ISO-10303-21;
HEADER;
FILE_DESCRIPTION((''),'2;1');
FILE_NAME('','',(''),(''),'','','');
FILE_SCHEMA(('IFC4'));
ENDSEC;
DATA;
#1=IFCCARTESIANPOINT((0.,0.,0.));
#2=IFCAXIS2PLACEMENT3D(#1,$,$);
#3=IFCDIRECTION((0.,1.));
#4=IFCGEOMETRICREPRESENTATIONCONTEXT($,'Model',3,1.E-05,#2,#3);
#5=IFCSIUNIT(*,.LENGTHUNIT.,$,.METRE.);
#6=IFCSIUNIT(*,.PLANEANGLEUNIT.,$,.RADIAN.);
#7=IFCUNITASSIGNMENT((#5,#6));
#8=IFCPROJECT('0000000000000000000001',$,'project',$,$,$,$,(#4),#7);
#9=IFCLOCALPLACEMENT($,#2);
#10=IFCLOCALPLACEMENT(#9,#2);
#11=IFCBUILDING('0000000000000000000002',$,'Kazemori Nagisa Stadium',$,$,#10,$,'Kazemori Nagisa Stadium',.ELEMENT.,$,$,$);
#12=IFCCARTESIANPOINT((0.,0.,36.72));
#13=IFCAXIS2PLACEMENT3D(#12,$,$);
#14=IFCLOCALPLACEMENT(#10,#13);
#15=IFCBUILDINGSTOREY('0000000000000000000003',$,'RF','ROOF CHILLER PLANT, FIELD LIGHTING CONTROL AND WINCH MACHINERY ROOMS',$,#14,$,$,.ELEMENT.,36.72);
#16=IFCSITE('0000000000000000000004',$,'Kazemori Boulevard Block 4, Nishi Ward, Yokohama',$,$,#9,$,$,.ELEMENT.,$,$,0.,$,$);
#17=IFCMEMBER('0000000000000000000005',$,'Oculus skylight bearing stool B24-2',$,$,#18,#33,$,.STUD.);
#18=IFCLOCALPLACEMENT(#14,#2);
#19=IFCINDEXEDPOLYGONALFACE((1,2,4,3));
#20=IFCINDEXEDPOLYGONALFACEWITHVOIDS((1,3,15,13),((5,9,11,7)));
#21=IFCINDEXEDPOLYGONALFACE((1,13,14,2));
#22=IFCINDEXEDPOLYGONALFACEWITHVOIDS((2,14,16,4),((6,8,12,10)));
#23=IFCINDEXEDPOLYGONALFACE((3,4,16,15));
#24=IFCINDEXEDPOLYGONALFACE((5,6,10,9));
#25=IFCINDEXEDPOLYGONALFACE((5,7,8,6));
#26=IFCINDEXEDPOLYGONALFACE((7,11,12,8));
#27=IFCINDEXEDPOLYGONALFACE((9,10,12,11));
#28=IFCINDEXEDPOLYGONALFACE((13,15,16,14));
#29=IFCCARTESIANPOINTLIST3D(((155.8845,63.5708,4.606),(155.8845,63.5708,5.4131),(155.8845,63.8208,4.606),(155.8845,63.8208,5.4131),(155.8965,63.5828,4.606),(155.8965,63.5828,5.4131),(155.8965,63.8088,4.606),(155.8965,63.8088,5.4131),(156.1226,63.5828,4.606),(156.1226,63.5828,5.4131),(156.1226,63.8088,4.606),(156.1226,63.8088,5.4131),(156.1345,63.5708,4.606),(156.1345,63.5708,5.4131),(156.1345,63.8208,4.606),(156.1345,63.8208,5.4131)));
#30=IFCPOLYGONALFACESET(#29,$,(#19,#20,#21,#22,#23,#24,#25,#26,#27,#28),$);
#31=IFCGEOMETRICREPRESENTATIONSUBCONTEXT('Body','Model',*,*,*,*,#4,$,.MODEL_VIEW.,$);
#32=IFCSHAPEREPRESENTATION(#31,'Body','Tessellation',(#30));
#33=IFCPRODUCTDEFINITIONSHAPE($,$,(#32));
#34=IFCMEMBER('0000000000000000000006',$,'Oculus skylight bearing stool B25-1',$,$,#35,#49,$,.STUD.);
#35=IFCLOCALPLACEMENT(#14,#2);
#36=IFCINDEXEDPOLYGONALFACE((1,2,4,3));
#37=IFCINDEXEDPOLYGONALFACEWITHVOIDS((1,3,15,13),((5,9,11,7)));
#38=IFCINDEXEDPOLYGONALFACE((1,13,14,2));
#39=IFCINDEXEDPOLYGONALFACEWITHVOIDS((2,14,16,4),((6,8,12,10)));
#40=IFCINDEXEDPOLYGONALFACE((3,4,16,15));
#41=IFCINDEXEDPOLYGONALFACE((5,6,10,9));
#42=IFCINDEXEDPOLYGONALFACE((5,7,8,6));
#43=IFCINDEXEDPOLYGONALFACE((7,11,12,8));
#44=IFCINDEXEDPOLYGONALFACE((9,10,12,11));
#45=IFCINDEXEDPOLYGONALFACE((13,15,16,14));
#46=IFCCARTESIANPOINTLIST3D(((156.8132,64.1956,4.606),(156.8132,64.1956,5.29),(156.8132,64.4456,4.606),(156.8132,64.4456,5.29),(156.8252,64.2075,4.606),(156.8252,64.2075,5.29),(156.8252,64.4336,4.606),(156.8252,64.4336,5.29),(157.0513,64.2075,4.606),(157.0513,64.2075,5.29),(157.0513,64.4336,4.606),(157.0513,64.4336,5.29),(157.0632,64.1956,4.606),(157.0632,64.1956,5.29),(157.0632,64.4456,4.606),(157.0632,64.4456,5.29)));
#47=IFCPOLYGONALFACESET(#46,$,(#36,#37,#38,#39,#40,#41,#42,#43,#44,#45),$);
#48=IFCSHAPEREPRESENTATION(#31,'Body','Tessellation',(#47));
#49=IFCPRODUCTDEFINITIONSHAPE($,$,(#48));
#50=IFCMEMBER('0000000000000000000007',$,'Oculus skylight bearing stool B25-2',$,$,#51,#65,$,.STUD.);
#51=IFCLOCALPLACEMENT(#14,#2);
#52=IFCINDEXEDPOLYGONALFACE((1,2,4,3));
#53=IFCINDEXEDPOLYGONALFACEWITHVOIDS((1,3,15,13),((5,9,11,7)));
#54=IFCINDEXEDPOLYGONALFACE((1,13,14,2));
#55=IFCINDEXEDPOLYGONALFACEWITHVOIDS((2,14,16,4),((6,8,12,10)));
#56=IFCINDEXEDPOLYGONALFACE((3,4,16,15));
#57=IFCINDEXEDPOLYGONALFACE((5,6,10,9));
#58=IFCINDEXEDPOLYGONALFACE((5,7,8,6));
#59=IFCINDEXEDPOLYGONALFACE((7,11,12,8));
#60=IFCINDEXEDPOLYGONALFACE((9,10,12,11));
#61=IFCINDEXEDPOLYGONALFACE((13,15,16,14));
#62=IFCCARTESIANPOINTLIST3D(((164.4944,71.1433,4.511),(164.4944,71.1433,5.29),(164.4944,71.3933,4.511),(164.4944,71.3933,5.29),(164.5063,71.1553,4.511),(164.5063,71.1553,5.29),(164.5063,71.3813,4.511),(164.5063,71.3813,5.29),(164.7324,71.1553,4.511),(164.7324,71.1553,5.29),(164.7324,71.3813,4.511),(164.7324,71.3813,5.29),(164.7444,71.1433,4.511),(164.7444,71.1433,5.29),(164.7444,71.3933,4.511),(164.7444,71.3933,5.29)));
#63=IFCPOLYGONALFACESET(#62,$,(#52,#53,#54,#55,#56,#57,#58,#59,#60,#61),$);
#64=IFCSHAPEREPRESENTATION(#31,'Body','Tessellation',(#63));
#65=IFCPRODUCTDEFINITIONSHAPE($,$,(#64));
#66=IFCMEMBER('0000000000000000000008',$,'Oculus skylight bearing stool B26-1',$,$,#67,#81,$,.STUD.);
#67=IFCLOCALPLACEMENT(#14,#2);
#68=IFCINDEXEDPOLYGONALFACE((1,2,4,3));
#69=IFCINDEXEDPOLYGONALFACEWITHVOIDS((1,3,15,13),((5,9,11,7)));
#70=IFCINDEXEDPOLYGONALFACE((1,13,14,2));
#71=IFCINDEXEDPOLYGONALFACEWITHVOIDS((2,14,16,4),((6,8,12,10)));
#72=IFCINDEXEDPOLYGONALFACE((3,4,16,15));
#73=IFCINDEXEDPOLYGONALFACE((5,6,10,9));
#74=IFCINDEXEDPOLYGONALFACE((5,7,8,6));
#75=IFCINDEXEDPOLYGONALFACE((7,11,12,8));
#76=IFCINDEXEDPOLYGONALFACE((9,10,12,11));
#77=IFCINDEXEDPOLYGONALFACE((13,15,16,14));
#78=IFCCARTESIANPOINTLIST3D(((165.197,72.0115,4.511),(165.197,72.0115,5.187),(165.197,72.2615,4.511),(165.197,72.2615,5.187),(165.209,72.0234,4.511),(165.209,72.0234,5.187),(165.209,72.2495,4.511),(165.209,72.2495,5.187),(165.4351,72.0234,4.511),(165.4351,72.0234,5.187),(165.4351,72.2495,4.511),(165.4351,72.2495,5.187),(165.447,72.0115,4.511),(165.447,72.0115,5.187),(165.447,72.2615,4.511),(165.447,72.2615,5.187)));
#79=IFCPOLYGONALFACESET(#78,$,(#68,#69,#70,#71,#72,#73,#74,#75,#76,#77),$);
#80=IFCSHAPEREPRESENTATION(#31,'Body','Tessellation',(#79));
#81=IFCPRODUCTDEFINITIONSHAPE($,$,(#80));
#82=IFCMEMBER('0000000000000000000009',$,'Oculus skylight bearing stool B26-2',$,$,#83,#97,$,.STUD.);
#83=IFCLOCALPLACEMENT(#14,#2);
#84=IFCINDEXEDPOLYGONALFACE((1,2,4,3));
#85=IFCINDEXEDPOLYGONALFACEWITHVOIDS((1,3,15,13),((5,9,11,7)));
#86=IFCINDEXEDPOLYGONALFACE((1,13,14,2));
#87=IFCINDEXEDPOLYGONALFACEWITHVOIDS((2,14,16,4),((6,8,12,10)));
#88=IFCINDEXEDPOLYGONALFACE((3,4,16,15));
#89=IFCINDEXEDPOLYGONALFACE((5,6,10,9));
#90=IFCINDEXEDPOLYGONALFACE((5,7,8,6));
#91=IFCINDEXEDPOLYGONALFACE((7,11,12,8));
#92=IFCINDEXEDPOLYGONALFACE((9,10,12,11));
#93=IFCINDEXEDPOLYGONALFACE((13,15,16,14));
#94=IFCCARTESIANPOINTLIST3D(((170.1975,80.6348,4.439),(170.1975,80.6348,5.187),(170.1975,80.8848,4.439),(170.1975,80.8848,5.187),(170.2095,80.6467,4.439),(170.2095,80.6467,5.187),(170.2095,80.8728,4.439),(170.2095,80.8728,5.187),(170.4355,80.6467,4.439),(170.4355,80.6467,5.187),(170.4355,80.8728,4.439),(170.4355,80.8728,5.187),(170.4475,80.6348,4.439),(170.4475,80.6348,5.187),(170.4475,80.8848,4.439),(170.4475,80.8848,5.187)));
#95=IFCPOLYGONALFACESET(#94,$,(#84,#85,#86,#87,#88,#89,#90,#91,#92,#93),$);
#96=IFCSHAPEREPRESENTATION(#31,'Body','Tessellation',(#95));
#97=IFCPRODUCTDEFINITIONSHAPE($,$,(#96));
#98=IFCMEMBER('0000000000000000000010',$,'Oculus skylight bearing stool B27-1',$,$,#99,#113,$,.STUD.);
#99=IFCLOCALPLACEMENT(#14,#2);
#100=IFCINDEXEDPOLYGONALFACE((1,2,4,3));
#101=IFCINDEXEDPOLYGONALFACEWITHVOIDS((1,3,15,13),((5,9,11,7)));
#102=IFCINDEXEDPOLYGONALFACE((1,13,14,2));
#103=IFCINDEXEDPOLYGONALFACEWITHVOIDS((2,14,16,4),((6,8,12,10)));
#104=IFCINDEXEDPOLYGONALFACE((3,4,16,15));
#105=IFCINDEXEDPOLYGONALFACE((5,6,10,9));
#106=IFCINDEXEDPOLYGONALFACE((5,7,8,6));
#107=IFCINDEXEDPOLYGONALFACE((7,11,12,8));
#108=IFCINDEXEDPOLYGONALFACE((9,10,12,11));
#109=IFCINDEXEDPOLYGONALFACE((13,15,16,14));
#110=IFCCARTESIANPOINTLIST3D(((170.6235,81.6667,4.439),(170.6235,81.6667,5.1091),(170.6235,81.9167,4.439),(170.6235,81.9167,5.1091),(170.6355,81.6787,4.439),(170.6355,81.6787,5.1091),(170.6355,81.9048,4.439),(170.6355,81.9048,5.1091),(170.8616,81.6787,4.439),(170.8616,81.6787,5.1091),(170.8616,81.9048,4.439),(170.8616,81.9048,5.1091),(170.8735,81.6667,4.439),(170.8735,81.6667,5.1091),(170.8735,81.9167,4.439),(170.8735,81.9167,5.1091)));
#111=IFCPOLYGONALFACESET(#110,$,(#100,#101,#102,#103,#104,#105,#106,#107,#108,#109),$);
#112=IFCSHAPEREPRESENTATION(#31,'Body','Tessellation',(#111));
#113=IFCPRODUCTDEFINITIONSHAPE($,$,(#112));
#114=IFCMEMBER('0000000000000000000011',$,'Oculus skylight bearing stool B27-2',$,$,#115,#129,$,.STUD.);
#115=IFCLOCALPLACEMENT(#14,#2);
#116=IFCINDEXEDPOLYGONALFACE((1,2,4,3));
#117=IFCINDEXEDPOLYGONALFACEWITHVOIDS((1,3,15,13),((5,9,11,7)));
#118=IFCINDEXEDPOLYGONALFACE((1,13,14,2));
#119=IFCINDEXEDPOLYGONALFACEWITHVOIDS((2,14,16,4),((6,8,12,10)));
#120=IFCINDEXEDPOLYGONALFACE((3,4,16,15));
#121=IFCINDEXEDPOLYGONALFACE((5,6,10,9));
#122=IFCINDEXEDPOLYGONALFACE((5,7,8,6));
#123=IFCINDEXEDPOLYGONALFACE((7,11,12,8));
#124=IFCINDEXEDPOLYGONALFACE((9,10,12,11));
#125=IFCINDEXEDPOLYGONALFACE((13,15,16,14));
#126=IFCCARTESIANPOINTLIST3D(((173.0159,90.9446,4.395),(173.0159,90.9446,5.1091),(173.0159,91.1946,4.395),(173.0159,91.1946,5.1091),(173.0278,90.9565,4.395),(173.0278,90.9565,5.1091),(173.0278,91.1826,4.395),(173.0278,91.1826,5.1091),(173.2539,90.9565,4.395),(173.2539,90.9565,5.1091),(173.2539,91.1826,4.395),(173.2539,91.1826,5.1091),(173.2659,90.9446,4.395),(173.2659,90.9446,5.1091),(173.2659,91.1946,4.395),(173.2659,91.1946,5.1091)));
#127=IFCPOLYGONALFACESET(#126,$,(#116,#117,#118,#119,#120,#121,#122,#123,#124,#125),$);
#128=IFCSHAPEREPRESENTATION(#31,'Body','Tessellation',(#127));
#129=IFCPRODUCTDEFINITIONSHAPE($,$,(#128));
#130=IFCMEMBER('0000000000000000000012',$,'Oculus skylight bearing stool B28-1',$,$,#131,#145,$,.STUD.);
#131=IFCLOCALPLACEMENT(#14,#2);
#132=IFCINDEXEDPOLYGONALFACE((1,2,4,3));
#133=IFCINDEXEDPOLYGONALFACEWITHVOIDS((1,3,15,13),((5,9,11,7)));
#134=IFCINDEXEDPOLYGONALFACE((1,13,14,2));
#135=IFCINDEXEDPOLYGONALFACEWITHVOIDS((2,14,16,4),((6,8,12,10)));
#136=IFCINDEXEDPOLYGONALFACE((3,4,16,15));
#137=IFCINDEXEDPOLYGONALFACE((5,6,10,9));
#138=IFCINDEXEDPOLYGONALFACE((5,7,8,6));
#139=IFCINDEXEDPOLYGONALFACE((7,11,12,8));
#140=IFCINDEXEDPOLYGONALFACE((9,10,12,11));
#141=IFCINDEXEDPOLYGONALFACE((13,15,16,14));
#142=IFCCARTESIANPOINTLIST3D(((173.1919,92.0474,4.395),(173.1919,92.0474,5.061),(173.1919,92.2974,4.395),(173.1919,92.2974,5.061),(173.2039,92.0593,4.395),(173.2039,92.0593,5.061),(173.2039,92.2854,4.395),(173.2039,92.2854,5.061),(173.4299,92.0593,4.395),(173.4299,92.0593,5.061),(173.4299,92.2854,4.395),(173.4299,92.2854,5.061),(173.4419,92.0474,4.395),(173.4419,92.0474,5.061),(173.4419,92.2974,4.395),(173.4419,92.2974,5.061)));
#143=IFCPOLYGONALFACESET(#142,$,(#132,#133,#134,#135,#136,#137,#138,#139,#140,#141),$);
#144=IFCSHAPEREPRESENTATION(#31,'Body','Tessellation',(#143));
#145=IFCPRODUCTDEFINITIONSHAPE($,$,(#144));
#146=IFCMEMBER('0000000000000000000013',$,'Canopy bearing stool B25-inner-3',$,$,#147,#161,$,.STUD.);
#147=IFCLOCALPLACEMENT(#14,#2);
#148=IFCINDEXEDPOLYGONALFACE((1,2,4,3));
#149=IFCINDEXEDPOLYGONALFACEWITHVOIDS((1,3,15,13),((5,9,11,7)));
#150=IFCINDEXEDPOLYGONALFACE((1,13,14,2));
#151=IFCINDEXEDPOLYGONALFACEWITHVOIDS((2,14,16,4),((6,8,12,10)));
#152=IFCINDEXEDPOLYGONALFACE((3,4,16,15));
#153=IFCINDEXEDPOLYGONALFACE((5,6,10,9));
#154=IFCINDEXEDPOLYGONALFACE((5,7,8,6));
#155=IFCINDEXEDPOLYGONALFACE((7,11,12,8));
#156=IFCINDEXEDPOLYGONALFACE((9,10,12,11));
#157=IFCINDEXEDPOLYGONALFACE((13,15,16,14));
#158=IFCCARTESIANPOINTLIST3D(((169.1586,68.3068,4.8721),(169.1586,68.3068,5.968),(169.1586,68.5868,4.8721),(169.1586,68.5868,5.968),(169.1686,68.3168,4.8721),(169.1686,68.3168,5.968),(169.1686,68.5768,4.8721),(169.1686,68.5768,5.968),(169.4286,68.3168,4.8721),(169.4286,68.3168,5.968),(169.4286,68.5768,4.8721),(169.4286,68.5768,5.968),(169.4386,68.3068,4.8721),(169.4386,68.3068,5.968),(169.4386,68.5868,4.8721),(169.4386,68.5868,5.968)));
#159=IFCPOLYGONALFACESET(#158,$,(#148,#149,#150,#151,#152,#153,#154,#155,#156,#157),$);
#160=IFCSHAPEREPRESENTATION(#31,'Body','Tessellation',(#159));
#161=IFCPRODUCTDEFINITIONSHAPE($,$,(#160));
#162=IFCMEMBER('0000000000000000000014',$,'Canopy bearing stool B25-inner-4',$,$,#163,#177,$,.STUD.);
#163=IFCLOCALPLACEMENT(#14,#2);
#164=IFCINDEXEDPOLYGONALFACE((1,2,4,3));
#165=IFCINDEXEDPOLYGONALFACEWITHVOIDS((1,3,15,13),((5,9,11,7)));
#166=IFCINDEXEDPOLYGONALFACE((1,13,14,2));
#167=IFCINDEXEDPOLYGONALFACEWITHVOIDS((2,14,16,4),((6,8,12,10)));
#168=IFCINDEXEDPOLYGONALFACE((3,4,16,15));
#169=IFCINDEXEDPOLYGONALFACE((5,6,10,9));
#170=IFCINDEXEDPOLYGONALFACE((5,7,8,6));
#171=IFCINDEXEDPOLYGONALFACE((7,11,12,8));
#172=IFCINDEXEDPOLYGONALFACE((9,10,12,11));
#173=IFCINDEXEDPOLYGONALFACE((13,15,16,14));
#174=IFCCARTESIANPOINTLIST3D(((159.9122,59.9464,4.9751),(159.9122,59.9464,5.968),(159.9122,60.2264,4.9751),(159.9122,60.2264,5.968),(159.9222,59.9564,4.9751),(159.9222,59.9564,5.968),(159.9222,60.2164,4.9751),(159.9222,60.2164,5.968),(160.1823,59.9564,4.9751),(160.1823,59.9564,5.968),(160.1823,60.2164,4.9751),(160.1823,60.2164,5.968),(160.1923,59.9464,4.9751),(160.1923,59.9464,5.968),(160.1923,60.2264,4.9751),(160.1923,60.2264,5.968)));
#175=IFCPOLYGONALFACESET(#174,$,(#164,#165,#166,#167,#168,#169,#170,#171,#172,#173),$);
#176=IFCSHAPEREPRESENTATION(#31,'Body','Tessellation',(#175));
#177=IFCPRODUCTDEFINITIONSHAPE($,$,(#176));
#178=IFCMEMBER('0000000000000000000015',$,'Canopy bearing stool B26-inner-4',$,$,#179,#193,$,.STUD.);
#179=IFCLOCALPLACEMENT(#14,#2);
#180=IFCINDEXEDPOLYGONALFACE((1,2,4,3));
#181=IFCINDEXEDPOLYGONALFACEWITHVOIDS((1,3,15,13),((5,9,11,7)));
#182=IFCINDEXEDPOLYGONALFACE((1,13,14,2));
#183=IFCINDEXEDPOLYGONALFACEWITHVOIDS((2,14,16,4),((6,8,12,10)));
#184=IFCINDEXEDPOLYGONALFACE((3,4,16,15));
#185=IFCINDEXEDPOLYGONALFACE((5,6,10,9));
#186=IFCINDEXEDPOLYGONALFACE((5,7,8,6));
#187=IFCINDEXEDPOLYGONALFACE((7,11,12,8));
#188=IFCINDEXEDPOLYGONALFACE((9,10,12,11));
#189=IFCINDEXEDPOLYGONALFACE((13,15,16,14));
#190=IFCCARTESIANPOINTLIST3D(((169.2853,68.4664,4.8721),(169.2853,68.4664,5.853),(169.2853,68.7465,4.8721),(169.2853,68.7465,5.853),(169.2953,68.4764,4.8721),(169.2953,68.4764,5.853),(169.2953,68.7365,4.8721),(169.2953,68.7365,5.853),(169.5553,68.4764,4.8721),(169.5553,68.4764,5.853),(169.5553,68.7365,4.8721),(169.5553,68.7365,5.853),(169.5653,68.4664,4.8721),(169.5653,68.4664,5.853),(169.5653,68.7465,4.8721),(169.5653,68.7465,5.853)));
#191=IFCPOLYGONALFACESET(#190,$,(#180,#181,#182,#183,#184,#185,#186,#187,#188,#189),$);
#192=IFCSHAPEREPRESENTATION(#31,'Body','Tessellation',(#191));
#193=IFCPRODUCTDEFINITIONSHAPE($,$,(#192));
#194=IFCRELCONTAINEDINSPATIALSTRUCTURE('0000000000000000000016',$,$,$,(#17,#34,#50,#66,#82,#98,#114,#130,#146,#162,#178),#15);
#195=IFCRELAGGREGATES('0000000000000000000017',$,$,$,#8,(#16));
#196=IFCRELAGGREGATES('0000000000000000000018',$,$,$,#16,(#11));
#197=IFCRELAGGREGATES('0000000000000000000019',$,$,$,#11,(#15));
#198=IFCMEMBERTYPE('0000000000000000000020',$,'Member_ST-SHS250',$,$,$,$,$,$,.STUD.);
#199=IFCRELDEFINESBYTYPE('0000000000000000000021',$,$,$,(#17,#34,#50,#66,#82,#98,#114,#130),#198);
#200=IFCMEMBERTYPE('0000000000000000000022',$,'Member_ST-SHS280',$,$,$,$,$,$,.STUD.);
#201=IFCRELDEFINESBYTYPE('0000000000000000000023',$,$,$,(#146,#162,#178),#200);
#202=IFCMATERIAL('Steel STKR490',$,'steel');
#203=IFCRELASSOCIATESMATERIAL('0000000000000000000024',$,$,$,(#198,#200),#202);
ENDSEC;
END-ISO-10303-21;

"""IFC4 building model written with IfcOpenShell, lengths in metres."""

from ifc_helpers import new_model, si_unit, direction, frame, origin, origin_2d, place, context, subcontext, project, spatial, hollow_rectangle, extrude, material, material_profile, profile_set, type_object, element, save


model = new_model("IFC4")

# Units and contexts
model_context = context("Model", 3, precision=1e-05, world=origin(), true_north=direction((0.0, 1.0)))
body_context = subcontext(model_context, "Body", "Model", "MODEL_VIEW")
ifc_project = project(units=[si_unit("LENGTHUNIT", "METRE"), si_unit("PLANEANGLEUNIT", "RADIAN")], contexts=[model_context])

# Site, building, storey
site_placement = place(None, origin())
site = spatial("IfcSite", under=ifc_project, at=site_placement, Name="Kazemori Boulevard Block 4, Nishi Ward, Yokohama", CompositionType="ELEMENT", RefElevation=0.0)
building_placement = place(site_placement, origin())
building = spatial("IfcBuilding", under=site, at=building_placement, Name="Kazemori Nagisa Stadium", LongName="Kazemori Nagisa Stadium", CompositionType="ELEMENT")
storey_placement = place(building_placement, frame((0.0, 0.0, 36.72)))
storey = spatial("IfcBuildingStorey", under=building, at=storey_placement, Name="RF", Description="ROOF CHILLER PLANT, FIELD LIGHTING CONTROL AND WINCH MACHINERY ROOMS", CompositionType="ELEMENT", Elevation=36.72)

# Members
ifc_material = material(Name="Steel STKR490", Category="steel")
ifc_material_profile_1 = material_profile(ifc_material, hollow_rectangle(XDim=0.25, YDim=0.25, WallThickness=0.012, at=origin_2d()), Name="SHS-250x250x12")
ifc_profile_set_1 = profile_set([ifc_material_profile_1], Name="Steel STKR490")
member_type_1 = type_object("IfcMemberType", Name="Member_ST-SHS250", PredefinedType="STUD", material=ifc_profile_set_1)
member_1_placement = place(storey_placement, frame((156.0095, 63.6958, 4.606), z_axis=(0.0, 0.0, 1.0), x_axis=(1.0, 0.0, 0.0)))
element("IfcMember", 1, at=member_1_placement, inside=storey, type_object=member_type_1, Name="Oculus skylight bearing stool B24-2", PredefinedType="STUD", context=body_context, shape_type="SweptSolid", body=[
    extrude(hollow_rectangle(XDim=0.25, YDim=0.25, WallThickness=0.012, at=origin_2d()), origin(), (0.0, 0.0, 1.0), 0.8071),
])
member_2_placement = place(storey_placement, frame((156.9382, 64.3206, 4.606), z_axis=(0.0, 0.0, 1.0), x_axis=(1.0, 0.0, 0.0)))
element("IfcMember", 2, at=member_2_placement, inside=storey, type_object=member_type_1, Name="Oculus skylight bearing stool B25-1", PredefinedType="STUD", context=body_context, shape_type="SweptSolid", body=[
    extrude(hollow_rectangle(XDim=0.25, YDim=0.25, WallThickness=0.012, at=origin_2d()), origin(), (0.0, 0.0, 1.0), 0.6841),
])
member_3_placement = place(storey_placement, frame((164.6194, 71.2683, 4.511), z_axis=(0.0, 0.0, 1.0), x_axis=(1.0, 0.0, 0.0)))
element("IfcMember", 3, at=member_3_placement, inside=storey, type_object=member_type_1, Name="Oculus skylight bearing stool B25-2", PredefinedType="STUD", context=body_context, shape_type="SweptSolid", body=[
    extrude(hollow_rectangle(XDim=0.25, YDim=0.25, WallThickness=0.012, at=origin_2d()), origin(), (0.0, 0.0, 1.0), 0.7791),
])
member_4_placement = place(storey_placement, frame((165.322, 72.1365, 4.511), z_axis=(0.0, 0.0, 1.0), x_axis=(1.0, 0.0, 0.0)))
element("IfcMember", 4, at=member_4_placement, inside=storey, type_object=member_type_1, Name="Oculus skylight bearing stool B26-1", PredefinedType="STUD", context=body_context, shape_type="SweptSolid", body=[
    extrude(hollow_rectangle(XDim=0.25, YDim=0.25, WallThickness=0.012, at=origin_2d()), origin(), (0.0, 0.0, 1.0), 0.676),
])
member_5_placement = place(storey_placement, frame((170.3225, 80.7598, 4.439), z_axis=(0.0, 0.0, 1.0), x_axis=(1.0, 0.0, 0.0)))
element("IfcMember", 5, at=member_5_placement, inside=storey, type_object=member_type_1, Name="Oculus skylight bearing stool B26-2", PredefinedType="STUD", context=body_context, shape_type="SweptSolid", body=[
    extrude(hollow_rectangle(XDim=0.25, YDim=0.25, WallThickness=0.012, at=origin_2d()), origin(), (0.0, 0.0, 1.0), 0.748),
])
member_6_placement = place(storey_placement, frame((170.7485, 81.7917, 4.439), z_axis=(0.0, 0.0, 1.0), x_axis=(1.0, 0.0, 0.0)))
element("IfcMember", 6, at=member_6_placement, inside=storey, type_object=member_type_1, Name="Oculus skylight bearing stool B27-1", PredefinedType="STUD", context=body_context, shape_type="SweptSolid", body=[
    extrude(hollow_rectangle(XDim=0.25, YDim=0.25, WallThickness=0.012, at=origin_2d()), origin(), (0.0, 0.0, 1.0), 0.6702),
])
member_7_placement = place(storey_placement, frame((173.1409, 91.0696, 4.395), z_axis=(0.0, 0.0, 1.0), x_axis=(1.0, 0.0, 0.0)))
element("IfcMember", 7, at=member_7_placement, inside=storey, type_object=member_type_1, Name="Oculus skylight bearing stool B27-2", PredefinedType="STUD", context=body_context, shape_type="SweptSolid", body=[
    extrude(hollow_rectangle(XDim=0.25, YDim=0.25, WallThickness=0.012, at=origin_2d()), origin(), (0.0, 0.0, 1.0), 0.7141),
])
member_8_placement = place(storey_placement, frame((173.3169, 92.1724, 4.395), z_axis=(0.0, 0.0, 1.0), x_axis=(1.0, 0.0, 0.0)))
element("IfcMember", 8, at=member_8_placement, inside=storey, type_object=member_type_1, Name="Oculus skylight bearing stool B28-1", PredefinedType="STUD", context=body_context, shape_type="SweptSolid", body=[
    extrude(hollow_rectangle(XDim=0.25, YDim=0.25, WallThickness=0.012, at=origin_2d()), origin(), (0.0, 0.0, 1.0), 0.666),
])
ifc_material_profile_2 = material_profile(ifc_material, hollow_rectangle(XDim=0.28, YDim=0.28, WallThickness=0.01, at=origin_2d()), Name="SHS-280x280x10")
ifc_profile_set_2 = profile_set([ifc_material_profile_2], Name="Steel STKR490")
member_type_2 = type_object("IfcMemberType", Name="Member_ST-SHS280", PredefinedType="STUD", material=ifc_profile_set_2)
member_9_placement = place(storey_placement, frame((169.2986, 68.4468, 4.8721), z_axis=(0.0, 0.0, 1.0), x_axis=(1.0, 0.0, 0.0)))
element("IfcMember", 9, at=member_9_placement, inside=storey, type_object=member_type_2, Name="Canopy bearing stool B25-inner-3", PredefinedType="STUD", context=body_context, shape_type="SweptSolid", body=[
    extrude(hollow_rectangle(XDim=0.28, YDim=0.28, WallThickness=0.01, at=origin_2d()), origin(), (0.0, 0.0, 1.0), 1.0959),
])
member_10_placement = place(storey_placement, frame((160.0522, 60.0864, 4.9751), z_axis=(0.0, 0.0, 1.0), x_axis=(1.0, 0.0, 0.0)))
element("IfcMember", 10, at=member_10_placement, inside=storey, type_object=member_type_2, Name="Canopy bearing stool B25-inner-4", PredefinedType="STUD", context=body_context, shape_type="SweptSolid", body=[
    extrude(hollow_rectangle(XDim=0.28, YDim=0.28, WallThickness=0.01, at=origin_2d()), origin(), (0.0, 0.0, 1.0), 0.9929),
])
member_11_placement = place(storey_placement, frame((169.4253, 68.6064, 4.8721), z_axis=(0.0, 0.0, 1.0), x_axis=(1.0, 0.0, 0.0)))
element("IfcMember", 11, at=member_11_placement, inside=storey, type_object=member_type_2, Name="Canopy bearing stool B26-inner-4", PredefinedType="STUD", context=body_context, shape_type="SweptSolid", body=[
    extrude(hollow_rectangle(XDim=0.28, YDim=0.28, WallThickness=0.01, at=origin_2d()), origin(), (0.0, 0.0, 1.0), 0.981),
])

save(model, "model.ifc")
